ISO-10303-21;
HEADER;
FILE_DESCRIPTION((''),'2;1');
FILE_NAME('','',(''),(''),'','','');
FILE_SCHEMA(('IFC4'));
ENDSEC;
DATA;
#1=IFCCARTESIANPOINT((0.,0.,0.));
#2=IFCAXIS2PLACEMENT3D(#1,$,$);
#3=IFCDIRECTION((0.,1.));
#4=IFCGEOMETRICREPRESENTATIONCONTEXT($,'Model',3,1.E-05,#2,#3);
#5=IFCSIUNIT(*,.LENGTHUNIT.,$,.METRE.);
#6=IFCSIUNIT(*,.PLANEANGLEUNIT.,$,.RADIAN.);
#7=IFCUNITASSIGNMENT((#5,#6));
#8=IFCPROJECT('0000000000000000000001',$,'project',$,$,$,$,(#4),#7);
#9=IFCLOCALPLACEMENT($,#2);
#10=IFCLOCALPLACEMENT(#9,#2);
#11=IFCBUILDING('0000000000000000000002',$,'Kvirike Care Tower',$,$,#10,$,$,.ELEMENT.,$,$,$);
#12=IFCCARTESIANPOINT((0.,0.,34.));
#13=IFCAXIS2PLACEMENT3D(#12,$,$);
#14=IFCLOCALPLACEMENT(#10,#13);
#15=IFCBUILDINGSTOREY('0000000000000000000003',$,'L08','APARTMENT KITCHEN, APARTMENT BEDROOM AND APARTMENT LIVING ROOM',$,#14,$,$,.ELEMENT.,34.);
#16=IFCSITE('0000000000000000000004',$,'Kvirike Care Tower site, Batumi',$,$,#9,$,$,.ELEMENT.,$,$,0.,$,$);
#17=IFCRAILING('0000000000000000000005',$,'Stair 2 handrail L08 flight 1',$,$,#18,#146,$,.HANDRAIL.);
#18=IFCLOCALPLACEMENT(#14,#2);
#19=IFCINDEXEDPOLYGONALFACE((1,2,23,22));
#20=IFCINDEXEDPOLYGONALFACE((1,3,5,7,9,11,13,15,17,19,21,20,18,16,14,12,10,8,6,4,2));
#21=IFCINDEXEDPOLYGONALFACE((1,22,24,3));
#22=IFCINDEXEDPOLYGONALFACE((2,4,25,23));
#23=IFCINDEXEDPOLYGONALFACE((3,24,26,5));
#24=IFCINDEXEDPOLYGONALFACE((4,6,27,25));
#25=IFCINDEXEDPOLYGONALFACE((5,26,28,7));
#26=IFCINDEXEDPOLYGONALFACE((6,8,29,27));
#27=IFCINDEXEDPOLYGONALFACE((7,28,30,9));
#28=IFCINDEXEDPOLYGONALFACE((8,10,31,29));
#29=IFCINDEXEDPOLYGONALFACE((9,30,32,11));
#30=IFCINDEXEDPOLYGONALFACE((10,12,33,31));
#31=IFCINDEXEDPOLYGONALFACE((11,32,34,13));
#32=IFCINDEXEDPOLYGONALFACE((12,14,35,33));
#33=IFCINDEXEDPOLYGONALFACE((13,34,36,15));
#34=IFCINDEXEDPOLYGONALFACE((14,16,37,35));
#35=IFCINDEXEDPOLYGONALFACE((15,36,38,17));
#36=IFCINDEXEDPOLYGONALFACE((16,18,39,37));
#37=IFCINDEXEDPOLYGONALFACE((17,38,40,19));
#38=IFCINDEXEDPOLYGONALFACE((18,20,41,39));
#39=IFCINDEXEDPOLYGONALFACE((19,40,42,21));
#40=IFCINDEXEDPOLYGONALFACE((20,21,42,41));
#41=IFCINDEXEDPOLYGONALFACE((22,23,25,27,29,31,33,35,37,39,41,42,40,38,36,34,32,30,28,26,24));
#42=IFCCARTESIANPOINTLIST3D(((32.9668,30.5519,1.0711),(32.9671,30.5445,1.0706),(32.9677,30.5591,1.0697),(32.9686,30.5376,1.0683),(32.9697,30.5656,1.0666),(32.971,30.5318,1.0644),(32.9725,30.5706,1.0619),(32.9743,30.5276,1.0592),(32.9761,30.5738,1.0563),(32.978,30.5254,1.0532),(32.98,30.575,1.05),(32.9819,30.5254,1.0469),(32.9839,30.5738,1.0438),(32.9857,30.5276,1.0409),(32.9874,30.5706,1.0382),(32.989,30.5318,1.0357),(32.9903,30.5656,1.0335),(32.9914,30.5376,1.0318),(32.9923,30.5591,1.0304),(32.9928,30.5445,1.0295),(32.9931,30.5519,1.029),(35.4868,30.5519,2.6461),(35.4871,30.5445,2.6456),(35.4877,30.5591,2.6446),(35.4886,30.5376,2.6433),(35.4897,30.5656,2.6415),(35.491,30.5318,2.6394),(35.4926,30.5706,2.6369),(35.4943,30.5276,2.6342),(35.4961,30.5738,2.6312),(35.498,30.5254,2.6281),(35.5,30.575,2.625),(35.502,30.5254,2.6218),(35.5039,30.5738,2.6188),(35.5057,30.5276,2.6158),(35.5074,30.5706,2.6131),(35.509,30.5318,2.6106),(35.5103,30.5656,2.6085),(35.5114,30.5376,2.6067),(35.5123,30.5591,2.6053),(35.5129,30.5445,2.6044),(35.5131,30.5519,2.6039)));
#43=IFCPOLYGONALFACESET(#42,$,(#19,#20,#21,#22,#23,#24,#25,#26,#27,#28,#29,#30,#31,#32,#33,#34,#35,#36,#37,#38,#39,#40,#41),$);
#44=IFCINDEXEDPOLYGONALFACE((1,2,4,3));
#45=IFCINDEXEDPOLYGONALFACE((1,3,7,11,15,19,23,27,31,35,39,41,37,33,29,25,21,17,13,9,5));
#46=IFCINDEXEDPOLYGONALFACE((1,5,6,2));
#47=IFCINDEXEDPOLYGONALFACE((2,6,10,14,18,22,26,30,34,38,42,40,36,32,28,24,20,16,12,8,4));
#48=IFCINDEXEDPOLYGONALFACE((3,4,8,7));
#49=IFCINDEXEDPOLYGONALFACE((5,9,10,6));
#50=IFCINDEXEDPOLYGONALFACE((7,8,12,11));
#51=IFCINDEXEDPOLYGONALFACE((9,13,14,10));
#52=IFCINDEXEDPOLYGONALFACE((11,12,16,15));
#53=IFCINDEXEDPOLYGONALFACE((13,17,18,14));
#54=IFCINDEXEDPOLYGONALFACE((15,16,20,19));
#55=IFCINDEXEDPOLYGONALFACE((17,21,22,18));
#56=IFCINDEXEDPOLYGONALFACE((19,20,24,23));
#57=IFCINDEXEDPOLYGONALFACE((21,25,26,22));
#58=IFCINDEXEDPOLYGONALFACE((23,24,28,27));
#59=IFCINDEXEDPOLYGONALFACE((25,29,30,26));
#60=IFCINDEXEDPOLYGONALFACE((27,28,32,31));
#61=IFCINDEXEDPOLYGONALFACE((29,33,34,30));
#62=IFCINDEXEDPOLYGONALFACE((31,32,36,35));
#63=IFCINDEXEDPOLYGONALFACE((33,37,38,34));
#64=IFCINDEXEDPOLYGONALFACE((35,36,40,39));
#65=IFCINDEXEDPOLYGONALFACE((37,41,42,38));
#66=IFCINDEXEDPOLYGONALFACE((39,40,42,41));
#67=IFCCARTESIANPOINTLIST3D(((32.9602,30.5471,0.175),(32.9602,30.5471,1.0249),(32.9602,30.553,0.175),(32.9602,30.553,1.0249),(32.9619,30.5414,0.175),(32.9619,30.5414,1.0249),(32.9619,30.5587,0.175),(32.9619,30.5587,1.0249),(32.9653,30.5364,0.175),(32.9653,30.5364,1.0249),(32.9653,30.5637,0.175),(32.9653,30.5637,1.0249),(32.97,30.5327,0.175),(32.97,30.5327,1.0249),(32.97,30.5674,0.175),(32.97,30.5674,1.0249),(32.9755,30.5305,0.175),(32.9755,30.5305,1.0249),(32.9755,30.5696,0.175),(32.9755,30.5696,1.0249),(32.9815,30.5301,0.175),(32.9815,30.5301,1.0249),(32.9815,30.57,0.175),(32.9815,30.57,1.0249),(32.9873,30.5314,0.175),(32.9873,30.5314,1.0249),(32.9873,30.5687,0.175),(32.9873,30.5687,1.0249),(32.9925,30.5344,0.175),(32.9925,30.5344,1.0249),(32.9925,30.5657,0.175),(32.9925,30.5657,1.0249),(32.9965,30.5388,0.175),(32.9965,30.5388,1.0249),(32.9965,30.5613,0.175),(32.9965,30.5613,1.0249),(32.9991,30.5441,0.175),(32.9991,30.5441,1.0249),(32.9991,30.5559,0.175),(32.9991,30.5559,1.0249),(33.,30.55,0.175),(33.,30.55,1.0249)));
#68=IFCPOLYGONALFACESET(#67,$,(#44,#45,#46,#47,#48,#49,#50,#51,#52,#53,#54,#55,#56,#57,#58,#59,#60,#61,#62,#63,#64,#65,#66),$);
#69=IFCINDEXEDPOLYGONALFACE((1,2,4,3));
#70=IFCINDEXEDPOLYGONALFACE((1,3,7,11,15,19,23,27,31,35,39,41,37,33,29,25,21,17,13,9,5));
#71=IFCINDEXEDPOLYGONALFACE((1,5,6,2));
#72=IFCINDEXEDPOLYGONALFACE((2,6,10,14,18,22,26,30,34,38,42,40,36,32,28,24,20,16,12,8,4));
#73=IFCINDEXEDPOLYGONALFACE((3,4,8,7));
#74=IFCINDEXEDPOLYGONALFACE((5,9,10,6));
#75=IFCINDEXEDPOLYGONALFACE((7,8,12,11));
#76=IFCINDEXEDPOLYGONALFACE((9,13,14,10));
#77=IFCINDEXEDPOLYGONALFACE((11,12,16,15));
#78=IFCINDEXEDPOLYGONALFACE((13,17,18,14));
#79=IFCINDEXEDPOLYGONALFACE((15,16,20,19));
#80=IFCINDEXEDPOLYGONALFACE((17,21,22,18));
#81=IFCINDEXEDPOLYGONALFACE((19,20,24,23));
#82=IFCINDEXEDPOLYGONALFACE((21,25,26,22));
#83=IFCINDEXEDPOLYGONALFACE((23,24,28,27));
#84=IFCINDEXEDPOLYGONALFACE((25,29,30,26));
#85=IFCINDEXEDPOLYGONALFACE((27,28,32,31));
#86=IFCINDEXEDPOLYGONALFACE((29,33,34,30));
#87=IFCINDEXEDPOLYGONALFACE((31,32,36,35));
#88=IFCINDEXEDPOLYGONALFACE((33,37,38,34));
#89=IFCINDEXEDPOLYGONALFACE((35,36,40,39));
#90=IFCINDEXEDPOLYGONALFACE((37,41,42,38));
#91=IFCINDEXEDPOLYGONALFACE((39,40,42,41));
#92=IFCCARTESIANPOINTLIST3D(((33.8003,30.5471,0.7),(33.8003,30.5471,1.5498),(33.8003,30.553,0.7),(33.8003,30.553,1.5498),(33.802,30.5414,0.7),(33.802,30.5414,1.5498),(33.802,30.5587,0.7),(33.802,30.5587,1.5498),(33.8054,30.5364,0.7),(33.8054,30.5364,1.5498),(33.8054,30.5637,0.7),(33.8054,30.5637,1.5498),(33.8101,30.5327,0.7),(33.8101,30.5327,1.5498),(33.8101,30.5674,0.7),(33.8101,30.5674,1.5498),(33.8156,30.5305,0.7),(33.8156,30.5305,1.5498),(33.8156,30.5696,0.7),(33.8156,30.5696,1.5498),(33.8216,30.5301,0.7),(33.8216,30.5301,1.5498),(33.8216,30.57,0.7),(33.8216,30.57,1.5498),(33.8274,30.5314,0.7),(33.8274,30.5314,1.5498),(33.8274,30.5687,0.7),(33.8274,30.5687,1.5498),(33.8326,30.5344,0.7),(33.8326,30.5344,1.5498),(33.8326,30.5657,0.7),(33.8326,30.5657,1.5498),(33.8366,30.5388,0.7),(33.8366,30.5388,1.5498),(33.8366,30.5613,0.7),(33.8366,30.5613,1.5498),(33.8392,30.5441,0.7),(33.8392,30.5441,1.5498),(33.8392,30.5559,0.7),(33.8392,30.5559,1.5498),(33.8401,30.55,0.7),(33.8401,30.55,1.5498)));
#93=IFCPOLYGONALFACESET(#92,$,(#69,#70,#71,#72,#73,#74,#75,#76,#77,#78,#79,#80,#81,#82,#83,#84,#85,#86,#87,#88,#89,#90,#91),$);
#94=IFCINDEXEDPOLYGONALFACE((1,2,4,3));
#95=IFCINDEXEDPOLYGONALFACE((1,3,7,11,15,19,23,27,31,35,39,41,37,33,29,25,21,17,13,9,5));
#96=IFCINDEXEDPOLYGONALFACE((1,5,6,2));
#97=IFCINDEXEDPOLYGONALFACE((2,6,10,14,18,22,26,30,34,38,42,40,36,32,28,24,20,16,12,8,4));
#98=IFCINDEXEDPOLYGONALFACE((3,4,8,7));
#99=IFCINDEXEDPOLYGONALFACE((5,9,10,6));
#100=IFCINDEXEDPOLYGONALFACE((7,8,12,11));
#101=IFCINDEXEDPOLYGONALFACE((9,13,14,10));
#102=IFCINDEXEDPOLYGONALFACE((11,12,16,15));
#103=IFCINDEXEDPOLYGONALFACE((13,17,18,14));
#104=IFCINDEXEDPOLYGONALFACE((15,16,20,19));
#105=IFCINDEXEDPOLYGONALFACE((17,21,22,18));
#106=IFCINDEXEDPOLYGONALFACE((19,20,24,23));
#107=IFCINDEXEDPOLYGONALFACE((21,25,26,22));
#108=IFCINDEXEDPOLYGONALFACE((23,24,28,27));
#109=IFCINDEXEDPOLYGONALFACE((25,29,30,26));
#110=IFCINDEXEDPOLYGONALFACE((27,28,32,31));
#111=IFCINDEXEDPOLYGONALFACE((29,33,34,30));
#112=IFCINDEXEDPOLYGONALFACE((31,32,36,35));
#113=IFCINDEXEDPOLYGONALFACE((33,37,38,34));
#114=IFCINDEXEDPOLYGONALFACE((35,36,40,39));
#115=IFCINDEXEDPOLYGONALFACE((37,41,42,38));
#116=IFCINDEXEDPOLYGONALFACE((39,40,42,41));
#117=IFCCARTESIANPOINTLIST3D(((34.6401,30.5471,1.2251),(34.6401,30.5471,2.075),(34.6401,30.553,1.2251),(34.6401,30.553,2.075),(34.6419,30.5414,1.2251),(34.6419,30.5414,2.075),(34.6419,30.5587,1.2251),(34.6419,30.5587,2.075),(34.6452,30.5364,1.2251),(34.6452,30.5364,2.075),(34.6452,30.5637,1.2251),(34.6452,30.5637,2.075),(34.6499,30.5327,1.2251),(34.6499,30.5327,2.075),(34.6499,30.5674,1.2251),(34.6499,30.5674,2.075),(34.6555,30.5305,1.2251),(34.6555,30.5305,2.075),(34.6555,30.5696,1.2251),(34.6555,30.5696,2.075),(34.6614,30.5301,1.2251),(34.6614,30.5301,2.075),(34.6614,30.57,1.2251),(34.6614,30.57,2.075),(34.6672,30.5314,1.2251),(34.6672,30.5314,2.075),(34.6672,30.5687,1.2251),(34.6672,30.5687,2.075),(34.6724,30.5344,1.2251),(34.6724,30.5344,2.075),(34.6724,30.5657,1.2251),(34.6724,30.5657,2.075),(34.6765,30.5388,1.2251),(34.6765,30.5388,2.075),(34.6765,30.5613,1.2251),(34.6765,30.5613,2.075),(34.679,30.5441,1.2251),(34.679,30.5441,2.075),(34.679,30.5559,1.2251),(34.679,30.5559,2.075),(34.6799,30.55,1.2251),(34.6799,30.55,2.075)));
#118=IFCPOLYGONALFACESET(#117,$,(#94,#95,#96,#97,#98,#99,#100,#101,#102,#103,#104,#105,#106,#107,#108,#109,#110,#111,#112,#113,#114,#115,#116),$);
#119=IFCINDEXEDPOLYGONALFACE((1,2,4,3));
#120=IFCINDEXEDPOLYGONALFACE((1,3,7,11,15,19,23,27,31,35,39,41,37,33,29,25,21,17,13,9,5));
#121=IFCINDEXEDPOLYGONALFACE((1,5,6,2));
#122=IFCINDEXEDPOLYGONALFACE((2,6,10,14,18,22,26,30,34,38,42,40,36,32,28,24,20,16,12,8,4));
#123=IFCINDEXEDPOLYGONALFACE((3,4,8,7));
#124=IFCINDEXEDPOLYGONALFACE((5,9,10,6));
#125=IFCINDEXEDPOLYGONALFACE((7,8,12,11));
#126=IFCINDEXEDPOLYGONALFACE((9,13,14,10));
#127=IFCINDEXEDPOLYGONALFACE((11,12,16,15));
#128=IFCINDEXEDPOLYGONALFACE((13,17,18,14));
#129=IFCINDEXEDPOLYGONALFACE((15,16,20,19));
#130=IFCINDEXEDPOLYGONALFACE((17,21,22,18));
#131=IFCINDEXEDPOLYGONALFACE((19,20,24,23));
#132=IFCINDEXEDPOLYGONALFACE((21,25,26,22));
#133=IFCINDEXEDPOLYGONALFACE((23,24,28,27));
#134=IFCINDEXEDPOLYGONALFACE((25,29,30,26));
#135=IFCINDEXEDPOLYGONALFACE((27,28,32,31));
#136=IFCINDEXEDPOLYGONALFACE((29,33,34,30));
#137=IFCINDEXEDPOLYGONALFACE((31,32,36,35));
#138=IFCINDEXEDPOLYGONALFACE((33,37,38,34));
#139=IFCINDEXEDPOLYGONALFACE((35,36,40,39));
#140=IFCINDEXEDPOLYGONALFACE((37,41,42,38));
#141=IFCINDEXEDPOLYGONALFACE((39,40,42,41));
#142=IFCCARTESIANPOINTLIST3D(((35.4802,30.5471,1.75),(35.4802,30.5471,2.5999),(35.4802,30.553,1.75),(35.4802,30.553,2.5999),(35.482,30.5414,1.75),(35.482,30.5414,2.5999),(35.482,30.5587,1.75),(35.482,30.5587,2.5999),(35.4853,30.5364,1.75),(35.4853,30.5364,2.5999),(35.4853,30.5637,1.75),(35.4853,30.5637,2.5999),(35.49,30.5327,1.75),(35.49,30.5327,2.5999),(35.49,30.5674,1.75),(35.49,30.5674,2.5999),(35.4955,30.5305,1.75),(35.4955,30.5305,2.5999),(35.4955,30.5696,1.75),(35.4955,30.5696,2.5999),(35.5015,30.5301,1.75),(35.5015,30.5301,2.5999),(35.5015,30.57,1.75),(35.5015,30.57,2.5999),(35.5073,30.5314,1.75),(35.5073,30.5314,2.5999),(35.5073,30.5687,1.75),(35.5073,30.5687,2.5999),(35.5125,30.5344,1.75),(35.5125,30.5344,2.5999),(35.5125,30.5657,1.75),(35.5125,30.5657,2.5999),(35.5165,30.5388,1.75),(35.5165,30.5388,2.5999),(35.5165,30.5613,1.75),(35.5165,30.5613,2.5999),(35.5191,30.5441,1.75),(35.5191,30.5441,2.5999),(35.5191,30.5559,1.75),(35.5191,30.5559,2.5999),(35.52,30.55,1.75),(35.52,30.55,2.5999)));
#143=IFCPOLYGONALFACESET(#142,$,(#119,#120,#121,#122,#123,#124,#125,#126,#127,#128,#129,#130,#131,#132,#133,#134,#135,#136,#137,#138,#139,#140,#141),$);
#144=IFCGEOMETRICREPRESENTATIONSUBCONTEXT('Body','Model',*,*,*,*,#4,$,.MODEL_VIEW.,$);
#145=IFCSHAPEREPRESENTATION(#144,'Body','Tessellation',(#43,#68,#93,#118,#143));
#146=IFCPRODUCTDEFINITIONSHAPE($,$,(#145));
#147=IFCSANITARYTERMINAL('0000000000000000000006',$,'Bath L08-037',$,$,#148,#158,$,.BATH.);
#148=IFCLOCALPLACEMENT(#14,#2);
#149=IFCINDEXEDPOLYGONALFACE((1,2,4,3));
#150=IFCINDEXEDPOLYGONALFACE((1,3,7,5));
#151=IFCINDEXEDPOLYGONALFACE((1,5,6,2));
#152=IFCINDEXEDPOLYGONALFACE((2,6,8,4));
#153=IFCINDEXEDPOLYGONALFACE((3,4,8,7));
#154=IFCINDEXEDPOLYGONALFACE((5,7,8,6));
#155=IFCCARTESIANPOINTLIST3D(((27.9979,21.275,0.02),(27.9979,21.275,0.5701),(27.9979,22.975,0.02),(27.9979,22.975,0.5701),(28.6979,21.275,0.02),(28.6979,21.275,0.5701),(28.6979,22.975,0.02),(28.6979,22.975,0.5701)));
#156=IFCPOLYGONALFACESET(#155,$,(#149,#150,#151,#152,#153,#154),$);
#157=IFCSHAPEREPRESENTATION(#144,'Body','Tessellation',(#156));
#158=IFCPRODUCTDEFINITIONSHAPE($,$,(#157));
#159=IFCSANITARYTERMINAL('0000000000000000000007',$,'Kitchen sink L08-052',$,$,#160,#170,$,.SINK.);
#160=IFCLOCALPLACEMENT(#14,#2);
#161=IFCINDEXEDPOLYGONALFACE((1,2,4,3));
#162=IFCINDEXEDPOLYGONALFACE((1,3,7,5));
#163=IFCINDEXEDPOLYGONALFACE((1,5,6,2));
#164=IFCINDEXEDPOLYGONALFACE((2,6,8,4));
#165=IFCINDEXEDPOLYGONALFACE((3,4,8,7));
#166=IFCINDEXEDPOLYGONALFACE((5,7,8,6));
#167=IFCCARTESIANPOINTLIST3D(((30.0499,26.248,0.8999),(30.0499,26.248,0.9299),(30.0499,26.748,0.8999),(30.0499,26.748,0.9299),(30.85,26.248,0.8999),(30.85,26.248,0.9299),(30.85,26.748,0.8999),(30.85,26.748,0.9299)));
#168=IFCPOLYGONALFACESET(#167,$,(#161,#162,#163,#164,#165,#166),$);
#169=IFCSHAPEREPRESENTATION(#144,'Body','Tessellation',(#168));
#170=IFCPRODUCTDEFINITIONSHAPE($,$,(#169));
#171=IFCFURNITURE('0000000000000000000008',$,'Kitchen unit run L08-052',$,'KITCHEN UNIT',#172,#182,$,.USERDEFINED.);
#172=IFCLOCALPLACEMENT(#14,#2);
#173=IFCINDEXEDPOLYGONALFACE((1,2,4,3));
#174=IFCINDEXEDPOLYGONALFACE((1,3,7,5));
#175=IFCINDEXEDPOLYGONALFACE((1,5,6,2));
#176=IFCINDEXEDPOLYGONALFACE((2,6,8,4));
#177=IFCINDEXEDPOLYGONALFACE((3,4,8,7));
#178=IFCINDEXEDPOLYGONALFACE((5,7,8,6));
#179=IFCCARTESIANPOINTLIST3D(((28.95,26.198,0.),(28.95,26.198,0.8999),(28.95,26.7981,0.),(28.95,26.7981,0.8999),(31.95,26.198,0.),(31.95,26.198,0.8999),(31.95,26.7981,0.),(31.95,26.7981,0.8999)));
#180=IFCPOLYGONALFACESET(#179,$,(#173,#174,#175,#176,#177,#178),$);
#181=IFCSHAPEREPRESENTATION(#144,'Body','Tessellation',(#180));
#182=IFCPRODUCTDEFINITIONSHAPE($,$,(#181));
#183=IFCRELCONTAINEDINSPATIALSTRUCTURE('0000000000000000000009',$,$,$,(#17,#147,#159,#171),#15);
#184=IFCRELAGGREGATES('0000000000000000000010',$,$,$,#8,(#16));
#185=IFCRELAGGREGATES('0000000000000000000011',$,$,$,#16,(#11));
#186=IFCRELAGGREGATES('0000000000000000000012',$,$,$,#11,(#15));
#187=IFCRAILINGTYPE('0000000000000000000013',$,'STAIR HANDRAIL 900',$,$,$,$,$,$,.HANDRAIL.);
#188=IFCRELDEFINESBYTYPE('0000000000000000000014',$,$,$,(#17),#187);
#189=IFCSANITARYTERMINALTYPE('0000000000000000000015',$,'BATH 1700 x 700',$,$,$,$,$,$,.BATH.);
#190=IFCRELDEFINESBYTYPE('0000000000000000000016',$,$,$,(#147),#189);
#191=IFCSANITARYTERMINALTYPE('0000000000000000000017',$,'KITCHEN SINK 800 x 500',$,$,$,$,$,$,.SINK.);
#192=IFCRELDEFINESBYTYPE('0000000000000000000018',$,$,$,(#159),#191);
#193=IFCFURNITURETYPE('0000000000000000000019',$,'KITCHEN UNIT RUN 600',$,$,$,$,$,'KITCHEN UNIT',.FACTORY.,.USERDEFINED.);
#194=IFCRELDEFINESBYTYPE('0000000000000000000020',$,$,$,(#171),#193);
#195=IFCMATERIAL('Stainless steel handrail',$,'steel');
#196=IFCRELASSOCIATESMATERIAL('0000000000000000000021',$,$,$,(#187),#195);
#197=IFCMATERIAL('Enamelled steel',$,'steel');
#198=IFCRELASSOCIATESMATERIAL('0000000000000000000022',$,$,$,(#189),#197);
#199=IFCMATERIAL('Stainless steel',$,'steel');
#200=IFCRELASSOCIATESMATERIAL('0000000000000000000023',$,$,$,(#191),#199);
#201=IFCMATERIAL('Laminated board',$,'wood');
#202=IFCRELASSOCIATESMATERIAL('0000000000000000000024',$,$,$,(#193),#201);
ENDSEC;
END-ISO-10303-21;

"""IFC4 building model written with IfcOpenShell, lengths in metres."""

from ifc_helpers import new_model, si_unit, direction, frame, origin, origin_2d, place, context, subcontext, project, spatial, rectangle, circle, extrude, material, type_object, element, save


model = new_model("IFC4")

# Units and contexts
model_context = context("Model", 3, precision=1e-05, world=origin(), true_north=direction((0.0, 1.0)))
body_context = subcontext(model_context, "Body", "Model", "MODEL_VIEW")
ifc_project = project(units=[si_unit("LENGTHUNIT", "METRE"), si_unit("PLANEANGLEUNIT", "RADIAN")], contexts=[model_context])

# Site, building, storey
site_placement = place(None, origin())
site = spatial("IfcSite", under=ifc_project, at=site_placement, Name="Kvirike Care Tower site, Batumi", CompositionType="ELEMENT", RefElevation=0.0)
building_placement = place(site_placement, origin())
building = spatial("IfcBuilding", under=site, at=building_placement, Name="Kvirike Care Tower", CompositionType="ELEMENT")
storey_placement = place(building_placement, frame((0.0, 0.0, 34.0)))
storey = spatial("IfcBuildingStorey", under=building, at=storey_placement, Name="L08", Description="APARTMENT KITCHEN, APARTMENT BEDROOM AND APARTMENT LIVING ROOM", CompositionType="ELEMENT", Elevation=34.0)

# Railing
ifc_material_1 = material(Name="Stainless steel handrail", Category="steel")
railing_type = type_object("IfcRailingType", Name="STAIR HANDRAIL 900", PredefinedType="HANDRAIL", material=ifc_material_1)
railing_placement = place(storey_placement, frame((32.98, 30.55, 0.175)))
element("IfcRailing", 1, at=railing_placement, inside=storey, type_object=railing_type, Name="Stair 2 handrail L08 flight 1", PredefinedType="HANDRAIL", context=body_context, shape_type="SweptSolid", body=[
    extrude(circle(Radius=0.0249, at=origin_2d()), frame((0.0, 0.0, 0.875), z_axis=(0.848008, 0.0, 0.529984), x_axis=(0.0, 1.0, 0.0)), (0.0, 0.0, 1.0), 2.9717),
    extrude(circle(Radius=0.02, at=origin_2d()), origin(), (0.0, 0.0, 1.0), 0.8499),
    extrude(circle(Radius=0.02, at=origin_2d()), frame((0.8401, 0.0, 0.5249)), (0.0, 0.0, 1.0), 0.8499),
    extrude(circle(Radius=0.02, at=origin_2d()), frame((1.6799, 0.0, 1.05)), (0.0, 0.0, 1.0), 0.8499),
    extrude(circle(Radius=0.02, at=origin_2d()), frame((2.52, 0.0, 1.575)), (0.0, 0.0, 1.0), 0.8499),
])

# Sanitary terminals
ifc_material_2 = material(Name="Enamelled steel", Category="steel")
sanitary_terminal_type_1 = type_object("IfcSanitaryTerminalType", Name="BATH 1700 x 700", PredefinedType="BATH", material=ifc_material_2)
sanitary_terminal_1_placement = place(storey_placement, frame((28.3479, 22.125, 0.02), z_axis=(0.0, 0.0, 1.0), x_axis=(0.0, -1.0, 0.0)))
element("IfcSanitaryTerminal", 2, at=sanitary_terminal_1_placement, inside=storey, type_object=sanitary_terminal_type_1, Name="Bath L08-037", PredefinedType="BATH", context=body_context, shape_type="SweptSolid", body=[
    extrude(rectangle(XDim=1.7, YDim=0.7, at=origin_2d()), origin(), (0.0, 0.0, 1.0), 0.55),
])
ifc_material_3 = material(Name="Stainless steel", Category="steel")
sanitary_terminal_type_2 = type_object("IfcSanitaryTerminalType", Name="KITCHEN SINK 800 x 500", PredefinedType="SINK", material=ifc_material_3)
sanitary_terminal_2_placement = place(storey_placement, frame((30.45, 26.498, 0.8999), z_axis=(0.0, 0.0, 1.0), x_axis=(1.0, 0.0, 0.0)))
element("IfcSanitaryTerminal", 3, at=sanitary_terminal_2_placement, inside=storey, type_object=sanitary_terminal_type_2, Name="Kitchen sink L08-052", PredefinedType="SINK", context=body_context, shape_type="SweptSolid", body=[
    extrude(rectangle(XDim=0.8, YDim=0.5, at=origin_2d()), origin(), (0.0, 0.0, 1.0), 0.03),
])

# Furniture
ifc_material_4 = material(Name="Laminated board", Category="wood")
furniture_type = type_object("IfcFurnitureType", Name="KITCHEN UNIT RUN 600", ElementType="KITCHEN UNIT", AssemblyPlace="FACTORY", PredefinedType="USERDEFINED", material=ifc_material_4)
furniture_placement = place(storey_placement, frame((30.45, 26.498, 0.0), z_axis=(0.0, 0.0, 1.0), x_axis=(1.0, 0.0, 0.0)))
element("IfcFurniture", 4, at=furniture_placement, inside=storey, type_object=furniture_type, Name="Kitchen unit run L08-052", ObjectType="KITCHEN UNIT", PredefinedType="USERDEFINED", context=body_context, shape_type="SweptSolid", body=[
    extrude(rectangle(XDim=3.0, YDim=0.6001, at=origin_2d()), origin(), (0.0, 0.0, 1.0), 0.8999),
])

save(model, "model.ifc")
